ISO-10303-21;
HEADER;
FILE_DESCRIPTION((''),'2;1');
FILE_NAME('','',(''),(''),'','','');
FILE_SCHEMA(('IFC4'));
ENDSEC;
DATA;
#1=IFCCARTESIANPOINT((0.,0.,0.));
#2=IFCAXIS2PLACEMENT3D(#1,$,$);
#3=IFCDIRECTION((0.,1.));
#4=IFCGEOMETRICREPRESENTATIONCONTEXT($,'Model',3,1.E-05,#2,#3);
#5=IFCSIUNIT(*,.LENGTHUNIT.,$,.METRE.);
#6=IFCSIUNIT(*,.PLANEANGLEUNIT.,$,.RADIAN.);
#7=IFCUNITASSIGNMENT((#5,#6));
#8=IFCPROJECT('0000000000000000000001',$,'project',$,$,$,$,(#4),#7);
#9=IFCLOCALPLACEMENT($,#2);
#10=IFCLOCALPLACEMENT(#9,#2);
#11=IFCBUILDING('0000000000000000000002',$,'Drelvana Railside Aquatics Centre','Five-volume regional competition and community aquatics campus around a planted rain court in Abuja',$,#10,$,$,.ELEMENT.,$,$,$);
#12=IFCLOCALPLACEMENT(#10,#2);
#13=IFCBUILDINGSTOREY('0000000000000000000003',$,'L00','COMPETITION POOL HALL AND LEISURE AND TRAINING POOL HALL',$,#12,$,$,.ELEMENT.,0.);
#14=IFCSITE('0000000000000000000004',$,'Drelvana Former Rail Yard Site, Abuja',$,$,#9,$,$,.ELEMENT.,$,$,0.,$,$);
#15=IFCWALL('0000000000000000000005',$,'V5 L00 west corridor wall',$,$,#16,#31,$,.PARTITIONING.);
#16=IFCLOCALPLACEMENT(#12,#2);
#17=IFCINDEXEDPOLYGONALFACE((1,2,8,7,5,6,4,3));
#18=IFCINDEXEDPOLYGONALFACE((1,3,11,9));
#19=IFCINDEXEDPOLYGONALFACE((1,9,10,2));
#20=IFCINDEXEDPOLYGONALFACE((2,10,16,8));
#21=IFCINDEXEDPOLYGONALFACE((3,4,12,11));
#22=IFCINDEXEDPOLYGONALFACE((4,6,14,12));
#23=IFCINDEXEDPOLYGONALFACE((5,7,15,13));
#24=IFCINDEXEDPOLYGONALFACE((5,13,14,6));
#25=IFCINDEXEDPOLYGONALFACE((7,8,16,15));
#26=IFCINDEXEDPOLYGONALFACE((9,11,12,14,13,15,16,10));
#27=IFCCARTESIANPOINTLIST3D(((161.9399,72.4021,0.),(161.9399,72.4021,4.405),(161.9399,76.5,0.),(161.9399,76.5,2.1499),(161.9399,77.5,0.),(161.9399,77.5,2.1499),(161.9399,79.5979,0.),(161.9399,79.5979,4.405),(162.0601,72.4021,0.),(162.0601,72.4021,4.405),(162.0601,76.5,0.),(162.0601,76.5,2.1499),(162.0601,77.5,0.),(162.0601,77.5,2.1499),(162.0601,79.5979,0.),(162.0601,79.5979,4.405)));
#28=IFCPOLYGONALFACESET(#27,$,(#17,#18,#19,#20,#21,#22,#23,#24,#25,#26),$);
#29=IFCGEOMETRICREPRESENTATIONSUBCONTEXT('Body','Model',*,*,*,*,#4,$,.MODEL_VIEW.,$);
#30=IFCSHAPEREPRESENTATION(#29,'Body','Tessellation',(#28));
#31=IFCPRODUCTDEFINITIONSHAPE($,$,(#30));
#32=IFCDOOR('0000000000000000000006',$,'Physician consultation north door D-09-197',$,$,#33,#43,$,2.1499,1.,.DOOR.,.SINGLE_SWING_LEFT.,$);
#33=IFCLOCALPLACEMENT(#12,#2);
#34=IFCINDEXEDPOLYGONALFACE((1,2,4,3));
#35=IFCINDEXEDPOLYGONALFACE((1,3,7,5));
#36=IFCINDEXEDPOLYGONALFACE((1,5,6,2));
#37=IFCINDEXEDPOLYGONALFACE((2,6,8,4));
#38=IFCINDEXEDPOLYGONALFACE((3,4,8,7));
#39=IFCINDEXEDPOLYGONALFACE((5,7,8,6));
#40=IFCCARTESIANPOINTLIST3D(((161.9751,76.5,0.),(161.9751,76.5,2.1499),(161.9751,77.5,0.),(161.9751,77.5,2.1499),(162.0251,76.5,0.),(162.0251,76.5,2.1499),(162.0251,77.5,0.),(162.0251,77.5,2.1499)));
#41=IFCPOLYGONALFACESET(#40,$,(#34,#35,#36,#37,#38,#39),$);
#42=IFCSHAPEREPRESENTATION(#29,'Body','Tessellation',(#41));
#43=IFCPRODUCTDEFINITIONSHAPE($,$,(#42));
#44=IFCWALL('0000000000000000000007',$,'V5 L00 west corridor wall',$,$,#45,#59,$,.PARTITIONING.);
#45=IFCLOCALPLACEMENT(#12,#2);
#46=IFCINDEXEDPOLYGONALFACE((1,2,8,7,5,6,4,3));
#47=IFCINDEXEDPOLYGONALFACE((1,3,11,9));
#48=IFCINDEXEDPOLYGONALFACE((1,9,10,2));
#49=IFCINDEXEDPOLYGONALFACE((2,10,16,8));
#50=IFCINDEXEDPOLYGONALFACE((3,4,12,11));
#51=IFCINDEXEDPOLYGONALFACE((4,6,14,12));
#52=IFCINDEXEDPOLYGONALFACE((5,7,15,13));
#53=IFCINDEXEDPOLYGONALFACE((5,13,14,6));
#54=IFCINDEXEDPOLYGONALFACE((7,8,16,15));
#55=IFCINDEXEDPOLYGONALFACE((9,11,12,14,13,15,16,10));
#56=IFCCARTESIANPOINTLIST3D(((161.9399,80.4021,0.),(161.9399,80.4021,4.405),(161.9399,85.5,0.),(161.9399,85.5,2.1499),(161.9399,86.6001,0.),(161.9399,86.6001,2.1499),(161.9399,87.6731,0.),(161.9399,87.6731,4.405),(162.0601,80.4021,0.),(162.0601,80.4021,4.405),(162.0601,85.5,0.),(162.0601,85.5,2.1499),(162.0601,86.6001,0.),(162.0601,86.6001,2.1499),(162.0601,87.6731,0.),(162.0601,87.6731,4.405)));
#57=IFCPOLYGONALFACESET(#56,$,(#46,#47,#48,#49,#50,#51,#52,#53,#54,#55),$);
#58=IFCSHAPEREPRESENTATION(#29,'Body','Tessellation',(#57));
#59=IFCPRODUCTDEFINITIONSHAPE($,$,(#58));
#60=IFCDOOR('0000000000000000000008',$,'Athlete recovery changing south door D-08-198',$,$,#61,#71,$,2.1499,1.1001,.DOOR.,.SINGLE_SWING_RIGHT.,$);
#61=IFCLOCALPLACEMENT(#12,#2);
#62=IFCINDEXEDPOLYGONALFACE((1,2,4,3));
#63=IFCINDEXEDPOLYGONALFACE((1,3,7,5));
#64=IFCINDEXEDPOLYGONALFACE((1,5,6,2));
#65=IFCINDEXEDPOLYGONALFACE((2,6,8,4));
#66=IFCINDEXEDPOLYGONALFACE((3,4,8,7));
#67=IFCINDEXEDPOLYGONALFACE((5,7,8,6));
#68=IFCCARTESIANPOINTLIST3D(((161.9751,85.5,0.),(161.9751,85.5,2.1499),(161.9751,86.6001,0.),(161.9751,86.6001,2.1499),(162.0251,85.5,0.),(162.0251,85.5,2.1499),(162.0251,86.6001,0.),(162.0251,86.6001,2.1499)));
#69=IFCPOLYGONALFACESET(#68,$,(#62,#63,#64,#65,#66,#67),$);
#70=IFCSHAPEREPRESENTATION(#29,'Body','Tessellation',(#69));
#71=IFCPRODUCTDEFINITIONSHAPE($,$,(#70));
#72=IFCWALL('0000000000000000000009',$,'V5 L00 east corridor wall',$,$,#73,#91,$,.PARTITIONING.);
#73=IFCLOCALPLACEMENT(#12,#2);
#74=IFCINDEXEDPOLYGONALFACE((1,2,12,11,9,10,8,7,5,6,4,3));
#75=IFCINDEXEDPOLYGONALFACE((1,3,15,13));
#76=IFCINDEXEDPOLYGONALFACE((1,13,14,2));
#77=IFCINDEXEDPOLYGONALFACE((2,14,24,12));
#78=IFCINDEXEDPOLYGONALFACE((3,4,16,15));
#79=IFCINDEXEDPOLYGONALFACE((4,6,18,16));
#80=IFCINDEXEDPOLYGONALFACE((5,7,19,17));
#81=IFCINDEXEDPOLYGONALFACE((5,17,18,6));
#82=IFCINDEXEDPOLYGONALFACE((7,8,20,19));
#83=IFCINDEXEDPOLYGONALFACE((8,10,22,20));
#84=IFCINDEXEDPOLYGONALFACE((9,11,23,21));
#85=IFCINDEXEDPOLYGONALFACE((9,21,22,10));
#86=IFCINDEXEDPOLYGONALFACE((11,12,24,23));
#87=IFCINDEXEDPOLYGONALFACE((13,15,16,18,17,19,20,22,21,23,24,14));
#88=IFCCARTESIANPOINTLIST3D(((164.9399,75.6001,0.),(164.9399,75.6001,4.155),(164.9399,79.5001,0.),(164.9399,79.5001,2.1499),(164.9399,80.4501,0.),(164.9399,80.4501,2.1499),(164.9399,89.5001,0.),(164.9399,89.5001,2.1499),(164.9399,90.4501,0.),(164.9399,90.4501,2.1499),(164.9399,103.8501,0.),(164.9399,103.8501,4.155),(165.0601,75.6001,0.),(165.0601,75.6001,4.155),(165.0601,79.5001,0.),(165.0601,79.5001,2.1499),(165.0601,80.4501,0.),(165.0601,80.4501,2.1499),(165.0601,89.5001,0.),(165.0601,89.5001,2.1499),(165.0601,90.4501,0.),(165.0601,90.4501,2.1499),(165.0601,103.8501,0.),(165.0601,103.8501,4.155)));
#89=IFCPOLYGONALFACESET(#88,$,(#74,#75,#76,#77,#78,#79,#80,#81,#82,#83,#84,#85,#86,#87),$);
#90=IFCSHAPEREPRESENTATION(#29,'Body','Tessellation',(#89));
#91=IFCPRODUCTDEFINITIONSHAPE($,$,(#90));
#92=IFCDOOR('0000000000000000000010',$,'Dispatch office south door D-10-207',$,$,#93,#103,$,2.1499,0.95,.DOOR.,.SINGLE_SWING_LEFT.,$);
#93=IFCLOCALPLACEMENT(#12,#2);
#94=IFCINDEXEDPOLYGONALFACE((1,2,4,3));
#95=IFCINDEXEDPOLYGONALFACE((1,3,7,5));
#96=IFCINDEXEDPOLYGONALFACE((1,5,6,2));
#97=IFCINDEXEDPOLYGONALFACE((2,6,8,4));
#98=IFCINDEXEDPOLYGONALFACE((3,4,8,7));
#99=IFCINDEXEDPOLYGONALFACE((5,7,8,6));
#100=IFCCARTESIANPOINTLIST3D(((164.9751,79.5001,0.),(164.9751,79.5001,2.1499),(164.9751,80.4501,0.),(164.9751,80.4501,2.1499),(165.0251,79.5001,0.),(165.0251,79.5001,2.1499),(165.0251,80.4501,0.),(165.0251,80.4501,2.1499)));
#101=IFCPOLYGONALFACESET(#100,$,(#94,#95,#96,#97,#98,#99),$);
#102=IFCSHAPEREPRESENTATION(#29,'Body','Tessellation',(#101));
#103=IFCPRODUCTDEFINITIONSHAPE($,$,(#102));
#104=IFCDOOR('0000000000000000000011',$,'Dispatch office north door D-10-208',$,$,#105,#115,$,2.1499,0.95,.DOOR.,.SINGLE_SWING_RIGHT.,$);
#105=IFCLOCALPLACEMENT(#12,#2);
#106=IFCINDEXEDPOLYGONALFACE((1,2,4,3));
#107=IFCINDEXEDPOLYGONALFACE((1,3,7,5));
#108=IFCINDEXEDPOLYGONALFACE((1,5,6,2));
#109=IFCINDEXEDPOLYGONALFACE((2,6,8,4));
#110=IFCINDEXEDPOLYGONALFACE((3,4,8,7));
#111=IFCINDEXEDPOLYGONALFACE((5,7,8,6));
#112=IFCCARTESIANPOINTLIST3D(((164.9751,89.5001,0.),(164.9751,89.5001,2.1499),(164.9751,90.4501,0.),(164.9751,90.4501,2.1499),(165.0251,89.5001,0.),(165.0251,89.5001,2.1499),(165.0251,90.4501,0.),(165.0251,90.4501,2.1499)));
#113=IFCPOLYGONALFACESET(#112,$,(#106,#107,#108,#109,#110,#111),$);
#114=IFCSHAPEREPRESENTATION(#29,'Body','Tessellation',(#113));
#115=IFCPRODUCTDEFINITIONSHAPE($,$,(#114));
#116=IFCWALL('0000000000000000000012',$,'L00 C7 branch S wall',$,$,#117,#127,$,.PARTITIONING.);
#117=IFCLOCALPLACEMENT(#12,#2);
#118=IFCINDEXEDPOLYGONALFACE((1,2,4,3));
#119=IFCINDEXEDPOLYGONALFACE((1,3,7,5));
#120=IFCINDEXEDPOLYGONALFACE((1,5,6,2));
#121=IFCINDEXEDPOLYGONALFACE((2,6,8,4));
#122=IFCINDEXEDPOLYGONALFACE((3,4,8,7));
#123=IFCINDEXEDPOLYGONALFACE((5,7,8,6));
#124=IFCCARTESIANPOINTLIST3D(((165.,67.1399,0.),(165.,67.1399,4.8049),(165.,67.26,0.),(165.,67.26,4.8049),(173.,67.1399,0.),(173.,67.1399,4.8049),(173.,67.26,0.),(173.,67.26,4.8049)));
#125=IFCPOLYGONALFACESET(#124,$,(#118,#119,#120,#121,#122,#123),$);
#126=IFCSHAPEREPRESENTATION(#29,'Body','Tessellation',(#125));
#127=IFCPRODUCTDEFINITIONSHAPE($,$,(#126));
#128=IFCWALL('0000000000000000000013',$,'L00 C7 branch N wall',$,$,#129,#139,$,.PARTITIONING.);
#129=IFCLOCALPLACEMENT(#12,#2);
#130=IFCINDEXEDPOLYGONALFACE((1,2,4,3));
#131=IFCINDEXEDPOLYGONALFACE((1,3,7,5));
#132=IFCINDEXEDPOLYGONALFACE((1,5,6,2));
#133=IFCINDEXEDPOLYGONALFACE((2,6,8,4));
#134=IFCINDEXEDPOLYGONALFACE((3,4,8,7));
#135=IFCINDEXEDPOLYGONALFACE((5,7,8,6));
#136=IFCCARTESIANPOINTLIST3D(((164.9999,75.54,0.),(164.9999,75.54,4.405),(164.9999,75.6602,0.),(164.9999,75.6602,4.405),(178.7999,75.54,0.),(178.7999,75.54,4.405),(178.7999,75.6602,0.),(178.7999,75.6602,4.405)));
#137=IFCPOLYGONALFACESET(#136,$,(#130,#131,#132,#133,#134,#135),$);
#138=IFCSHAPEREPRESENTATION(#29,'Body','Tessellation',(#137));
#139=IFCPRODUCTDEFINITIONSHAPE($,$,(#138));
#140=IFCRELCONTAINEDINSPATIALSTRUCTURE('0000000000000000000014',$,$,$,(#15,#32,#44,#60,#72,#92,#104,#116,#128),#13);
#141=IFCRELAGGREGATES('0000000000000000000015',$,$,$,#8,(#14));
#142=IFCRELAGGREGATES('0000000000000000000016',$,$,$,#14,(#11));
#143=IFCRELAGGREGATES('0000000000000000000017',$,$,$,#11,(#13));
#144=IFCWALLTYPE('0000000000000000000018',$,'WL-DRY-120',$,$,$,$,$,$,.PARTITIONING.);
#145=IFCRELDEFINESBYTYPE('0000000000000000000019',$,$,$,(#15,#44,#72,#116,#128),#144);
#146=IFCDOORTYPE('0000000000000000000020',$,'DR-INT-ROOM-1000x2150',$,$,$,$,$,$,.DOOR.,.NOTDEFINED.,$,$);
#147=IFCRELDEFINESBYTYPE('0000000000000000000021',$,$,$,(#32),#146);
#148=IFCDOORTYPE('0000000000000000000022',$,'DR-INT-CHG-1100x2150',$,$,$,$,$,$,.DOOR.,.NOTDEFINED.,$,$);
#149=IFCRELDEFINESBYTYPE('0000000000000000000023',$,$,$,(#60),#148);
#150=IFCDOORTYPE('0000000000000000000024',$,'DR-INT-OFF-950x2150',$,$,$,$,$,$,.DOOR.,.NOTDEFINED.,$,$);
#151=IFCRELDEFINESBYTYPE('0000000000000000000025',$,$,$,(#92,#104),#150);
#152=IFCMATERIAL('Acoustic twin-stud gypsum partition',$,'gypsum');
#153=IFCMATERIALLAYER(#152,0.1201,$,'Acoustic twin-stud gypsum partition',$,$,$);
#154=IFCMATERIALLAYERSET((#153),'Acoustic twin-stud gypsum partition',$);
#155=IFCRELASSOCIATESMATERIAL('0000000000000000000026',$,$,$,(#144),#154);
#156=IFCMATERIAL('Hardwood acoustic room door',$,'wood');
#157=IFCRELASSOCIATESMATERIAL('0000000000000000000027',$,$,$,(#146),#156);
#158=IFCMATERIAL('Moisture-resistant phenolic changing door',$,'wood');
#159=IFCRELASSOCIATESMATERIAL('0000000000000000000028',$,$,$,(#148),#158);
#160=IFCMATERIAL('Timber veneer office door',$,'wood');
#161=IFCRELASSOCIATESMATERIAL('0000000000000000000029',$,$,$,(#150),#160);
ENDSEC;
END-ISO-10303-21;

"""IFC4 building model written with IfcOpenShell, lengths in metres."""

from ifc_helpers import new_model, si_unit, direction, frame, frame_2d, origin, place, context, subcontext, project, spatial, rectangle, extrude, material, layer, layer_set, type_object, element, fill, save


model = new_model("IFC4")

# Units and contexts
model_context = context("Model", 3, precision=1e-05, world=origin(), true_north=direction((0.0, 1.0)))
body_context = subcontext(model_context, "Body", "Model", "MODEL_VIEW")
ifc_project = project(units=[si_unit("LENGTHUNIT", "METRE"), si_unit("PLANEANGLEUNIT", "RADIAN")], contexts=[model_context])

# Site, building, storey
site_placement = place(None, origin())
site = spatial("IfcSite", under=ifc_project, at=site_placement, Name="Drelvana Former Rail Yard Site, Abuja", CompositionType="ELEMENT", RefElevation=0.0)
building_placement = place(site_placement, origin())
building = spatial("IfcBuilding", under=site, at=building_placement, Name="Drelvana Railside Aquatics Centre", Description="Five-volume regional competition and community aquatics campus around a planted rain court in Abuja", CompositionType="ELEMENT")
storey_placement = place(building_placement, origin())
storey = spatial("IfcBuildingStorey", under=building, at=storey_placement, Name="L00", Description="COMPETITION POOL HALL AND LEISURE AND TRAINING POOL HALL", CompositionType="ELEMENT", Elevation=0.0)

# Walls, openings, doors
ifc_material_1 = material(Name="Acoustic twin-stud gypsum partition", Category="gypsum")
ifc_layer_1 = layer(ifc_material_1, 0.1201, Name="Acoustic twin-stud gypsum partition")
ifc_layer_set_1 = layer_set([ifc_layer_1], Name="Acoustic twin-stud gypsum partition")
wall_type_1 = type_object("IfcWallType", Name="WL-DRY-120", PredefinedType="PARTITIONING", material=ifc_layer_set_1)
wall_1_placement = place(storey_placement, frame((162.0, 72.4021, 0.0), z_axis=(0.0, 0.0, 1.0), x_axis=(0.0, 1.0, 0.0)))
wall_1 = element("IfcWall", 1, at=wall_1_placement, inside=storey, type_object=wall_type_1, Name="V5 L00 west corridor wall", PredefinedType="PARTITIONING", context=body_context, shape_type="SweptSolid", body=[
    extrude(rectangle(XDim=7.1958, YDim=0.1201, at=frame_2d((3.5979, 0.0))), origin(), (0.0, 0.0, 1.0), 4.405),
])
opening_1_placement = place(wall_1_placement, frame((4.0979, 0.0, 0.0)))
opening_1 = element("IfcOpeningElement", 2, at=opening_1_placement, cuts=wall_1, PredefinedType="OPENING", context=body_context, shape_type="SweptSolid", body=[
    extrude(rectangle(XDim=1.0, YDim=2.1499, at=frame_2d((0.5, 1.075))), frame((0.0, 0.0701, 0.0), z_axis=(0.0, -1.0, 0.0), x_axis=(1.0, 0.0, 0.0)), (0.0, 0.0, 1.0), 0.1401),
])
ifc_material_2 = material(Name="Hardwood acoustic room door", Category="wood")
door_type_1 = type_object("IfcDoorType", Name="DR-INT-ROOM-1000x2150", OperationType="NOTDEFINED", PredefinedType="DOOR", material=ifc_material_2)
door_1_placement = place(opening_1_placement, origin())
door_1 = element("IfcDoor", 3, at=door_1_placement, inside=storey, type_object=door_type_1, Name="Physician consultation north door D-09-197", OperationType="SINGLE_SWING_LEFT", OverallHeight=2.1499, OverallWidth=1.0, PredefinedType="DOOR", context=body_context, shape_type="SweptSolid", body=[
    extrude(rectangle(XDim=1.0, YDim=2.1499, at=frame_2d((0.5, 1.075))), frame((0.0, 0.0249, 0.0), z_axis=(0.0, -1.0, 0.0), x_axis=(1.0, 0.0, 0.0)), (0.0, 0.0, 1.0), 0.05),
])
fill(opening_1, door_1)
wall_2_placement = place(storey_placement, frame((162.0, 80.4021, 0.0), z_axis=(0.0, 0.0, 1.0), x_axis=(0.0, 1.0, 0.0)))
wall_2 = element("IfcWall", 4, at=wall_2_placement, inside=storey, type_object=wall_type_1, Name="V5 L00 west corridor wall", PredefinedType="PARTITIONING", context=body_context, shape_type="SweptSolid", body=[
    extrude(rectangle(XDim=7.271, YDim=0.1201, at=frame_2d((3.6355, 0.0))), origin(), (0.0, 0.0, 1.0), 4.405),
])
opening_2_placement = place(wall_2_placement, frame((5.0979, 0.0, 0.0)))
opening_2 = element("IfcOpeningElement", 5, at=opening_2_placement, cuts=wall_2, PredefinedType="OPENING", context=body_context, shape_type="SweptSolid", body=[
    extrude(rectangle(XDim=1.1001, YDim=2.1499, at=frame_2d((0.55, 1.075))), frame((0.0, 0.0701, 0.0), z_axis=(0.0, -1.0, 0.0), x_axis=(1.0, 0.0, 0.0)), (0.0, 0.0, 1.0), 0.1401),
])
ifc_material_3 = material(Name="Moisture-resistant phenolic changing door", Category="wood")
door_type_2 = type_object("IfcDoorType", Name="DR-INT-CHG-1100x2150", OperationType="NOTDEFINED", PredefinedType="DOOR", material=ifc_material_3)
door_2_placement = place(opening_2_placement, origin())
door_2 = element("IfcDoor", 6, at=door_2_placement, inside=storey, type_object=door_type_2, Name="Athlete recovery changing south door D-08-198", OperationType="SINGLE_SWING_RIGHT", OverallHeight=2.1499, OverallWidth=1.1001, PredefinedType="DOOR", context=body_context, shape_type="SweptSolid", body=[
    extrude(rectangle(XDim=1.1001, YDim=2.1499, at=frame_2d((0.55, 1.075))), frame((0.0, 0.0249, 0.0), z_axis=(0.0, -1.0, 0.0), x_axis=(1.0, 0.0, 0.0)), (0.0, 0.0, 1.0), 0.05),
])
fill(opening_2, door_2)

# Wall, openings, doors
wall_3_placement = place(storey_placement, frame((165.0, 75.6001, 0.0), z_axis=(0.0, 0.0, 1.0), x_axis=(0.0, 1.0, 0.0)))
wall_3 = element("IfcWall", 7, at=wall_3_placement, inside=storey, type_object=wall_type_1, Name="V5 L00 east corridor wall", PredefinedType="PARTITIONING", context=body_context, shape_type="SweptSolid", body=[
    extrude(rectangle(XDim=28.25, YDim=0.1201, at=frame_2d((14.125, 0.0))), origin(), (0.0, 0.0, 1.0), 4.155),
])
opening_3_placement = place(wall_3_placement, frame((3.8999, 0.0, 0.0)))
opening_3 = element("IfcOpeningElement", 8, at=opening_3_placement, cuts=wall_3, PredefinedType="OPENING", context=body_context, shape_type="SweptSolid", body=[
    extrude(rectangle(XDim=0.95, YDim=2.1499, at=frame_2d((0.4751, 1.075))), frame((0.0, 0.0701, 0.0), z_axis=(0.0, -1.0, 0.0), x_axis=(1.0, 0.0, 0.0)), (0.0, 0.0, 1.0), 0.1401),
])
opening_4_placement = place(wall_3_placement, frame((13.8999, 0.0, 0.0)))
opening_4 = element("IfcOpeningElement", 9, at=opening_4_placement, cuts=wall_3, PredefinedType="OPENING", context=body_context, shape_type="SweptSolid", body=[
    extrude(rectangle(XDim=0.95, YDim=2.1499, at=frame_2d((0.4751, 1.075))), frame((0.0, 0.0701, 0.0), z_axis=(0.0, -1.0, 0.0), x_axis=(1.0, 0.0, 0.0)), (0.0, 0.0, 1.0), 0.1401),
])
ifc_material_4 = material(Name="Timber veneer office door", Category="wood")
door_type_3 = type_object("IfcDoorType", Name="DR-INT-OFF-950x2150", OperationType="NOTDEFINED", PredefinedType="DOOR", material=ifc_material_4)
door_3_placement = place(opening_3_placement, origin())
door_3 = element("IfcDoor", 10, at=door_3_placement, inside=storey, type_object=door_type_3, Name="Dispatch office south door D-10-207", OperationType="SINGLE_SWING_LEFT", OverallHeight=2.1499, OverallWidth=0.95, PredefinedType="DOOR", context=body_context, shape_type="SweptSolid", body=[
    extrude(rectangle(XDim=0.95, YDim=2.1499, at=frame_2d((0.4751, 1.075))), frame((0.0, 0.0249, 0.0), z_axis=(0.0, -1.0, 0.0), x_axis=(1.0, 0.0, 0.0)), (0.0, 0.0, 1.0), 0.05),
])
fill(opening_3, door_3)
door_4_placement = place(opening_4_placement, origin())
door_4 = element("IfcDoor", 11, at=door_4_placement, inside=storey, type_object=door_type_3, Name="Dispatch office north door D-10-208", OperationType="SINGLE_SWING_RIGHT", OverallHeight=2.1499, OverallWidth=0.95, PredefinedType="DOOR", context=body_context, shape_type="SweptSolid", body=[
    extrude(rectangle(XDim=0.95, YDim=2.1499, at=frame_2d((0.4751, 1.075))), frame((0.0, 0.0249, 0.0), z_axis=(0.0, -1.0, 0.0), x_axis=(1.0, 0.0, 0.0)), (0.0, 0.0, 1.0), 0.05),
])
fill(opening_4, door_4)

# Walls
wall_4_placement = place(storey_placement, frame((165.0, 67.2, 0.0), z_axis=(0.0, 0.0, 1.0), x_axis=(1.0, 0.0, 0.0)))
element("IfcWall", 12, at=wall_4_placement, inside=storey, type_object=wall_type_1, Name="L00 C7 branch S wall", PredefinedType="PARTITIONING", context=body_context, shape_type="SweptSolid", body=[
    extrude(rectangle(XDim=8.0, YDim=0.1201, at=frame_2d((4.0, 0.0))), origin(), (0.0, 0.0, 1.0), 4.8049),
])
wall_5_placement = place(storey_placement, frame((165.0, 75.6001, 0.0), z_axis=(0.0, 0.0, 1.0), x_axis=(1.0, 0.0, 0.0)))
element("IfcWall", 13, at=wall_5_placement, inside=storey, type_object=wall_type_1, Name="L00 C7 branch N wall", PredefinedType="PARTITIONING", context=body_context, shape_type="SweptSolid", body=[
    extrude(rectangle(XDim=13.8, YDim=0.1201, at=frame_2d((6.8999, 0.0))), origin(), (0.0, 0.0, 1.0), 4.405),
])

save(model, "model.ifc")
